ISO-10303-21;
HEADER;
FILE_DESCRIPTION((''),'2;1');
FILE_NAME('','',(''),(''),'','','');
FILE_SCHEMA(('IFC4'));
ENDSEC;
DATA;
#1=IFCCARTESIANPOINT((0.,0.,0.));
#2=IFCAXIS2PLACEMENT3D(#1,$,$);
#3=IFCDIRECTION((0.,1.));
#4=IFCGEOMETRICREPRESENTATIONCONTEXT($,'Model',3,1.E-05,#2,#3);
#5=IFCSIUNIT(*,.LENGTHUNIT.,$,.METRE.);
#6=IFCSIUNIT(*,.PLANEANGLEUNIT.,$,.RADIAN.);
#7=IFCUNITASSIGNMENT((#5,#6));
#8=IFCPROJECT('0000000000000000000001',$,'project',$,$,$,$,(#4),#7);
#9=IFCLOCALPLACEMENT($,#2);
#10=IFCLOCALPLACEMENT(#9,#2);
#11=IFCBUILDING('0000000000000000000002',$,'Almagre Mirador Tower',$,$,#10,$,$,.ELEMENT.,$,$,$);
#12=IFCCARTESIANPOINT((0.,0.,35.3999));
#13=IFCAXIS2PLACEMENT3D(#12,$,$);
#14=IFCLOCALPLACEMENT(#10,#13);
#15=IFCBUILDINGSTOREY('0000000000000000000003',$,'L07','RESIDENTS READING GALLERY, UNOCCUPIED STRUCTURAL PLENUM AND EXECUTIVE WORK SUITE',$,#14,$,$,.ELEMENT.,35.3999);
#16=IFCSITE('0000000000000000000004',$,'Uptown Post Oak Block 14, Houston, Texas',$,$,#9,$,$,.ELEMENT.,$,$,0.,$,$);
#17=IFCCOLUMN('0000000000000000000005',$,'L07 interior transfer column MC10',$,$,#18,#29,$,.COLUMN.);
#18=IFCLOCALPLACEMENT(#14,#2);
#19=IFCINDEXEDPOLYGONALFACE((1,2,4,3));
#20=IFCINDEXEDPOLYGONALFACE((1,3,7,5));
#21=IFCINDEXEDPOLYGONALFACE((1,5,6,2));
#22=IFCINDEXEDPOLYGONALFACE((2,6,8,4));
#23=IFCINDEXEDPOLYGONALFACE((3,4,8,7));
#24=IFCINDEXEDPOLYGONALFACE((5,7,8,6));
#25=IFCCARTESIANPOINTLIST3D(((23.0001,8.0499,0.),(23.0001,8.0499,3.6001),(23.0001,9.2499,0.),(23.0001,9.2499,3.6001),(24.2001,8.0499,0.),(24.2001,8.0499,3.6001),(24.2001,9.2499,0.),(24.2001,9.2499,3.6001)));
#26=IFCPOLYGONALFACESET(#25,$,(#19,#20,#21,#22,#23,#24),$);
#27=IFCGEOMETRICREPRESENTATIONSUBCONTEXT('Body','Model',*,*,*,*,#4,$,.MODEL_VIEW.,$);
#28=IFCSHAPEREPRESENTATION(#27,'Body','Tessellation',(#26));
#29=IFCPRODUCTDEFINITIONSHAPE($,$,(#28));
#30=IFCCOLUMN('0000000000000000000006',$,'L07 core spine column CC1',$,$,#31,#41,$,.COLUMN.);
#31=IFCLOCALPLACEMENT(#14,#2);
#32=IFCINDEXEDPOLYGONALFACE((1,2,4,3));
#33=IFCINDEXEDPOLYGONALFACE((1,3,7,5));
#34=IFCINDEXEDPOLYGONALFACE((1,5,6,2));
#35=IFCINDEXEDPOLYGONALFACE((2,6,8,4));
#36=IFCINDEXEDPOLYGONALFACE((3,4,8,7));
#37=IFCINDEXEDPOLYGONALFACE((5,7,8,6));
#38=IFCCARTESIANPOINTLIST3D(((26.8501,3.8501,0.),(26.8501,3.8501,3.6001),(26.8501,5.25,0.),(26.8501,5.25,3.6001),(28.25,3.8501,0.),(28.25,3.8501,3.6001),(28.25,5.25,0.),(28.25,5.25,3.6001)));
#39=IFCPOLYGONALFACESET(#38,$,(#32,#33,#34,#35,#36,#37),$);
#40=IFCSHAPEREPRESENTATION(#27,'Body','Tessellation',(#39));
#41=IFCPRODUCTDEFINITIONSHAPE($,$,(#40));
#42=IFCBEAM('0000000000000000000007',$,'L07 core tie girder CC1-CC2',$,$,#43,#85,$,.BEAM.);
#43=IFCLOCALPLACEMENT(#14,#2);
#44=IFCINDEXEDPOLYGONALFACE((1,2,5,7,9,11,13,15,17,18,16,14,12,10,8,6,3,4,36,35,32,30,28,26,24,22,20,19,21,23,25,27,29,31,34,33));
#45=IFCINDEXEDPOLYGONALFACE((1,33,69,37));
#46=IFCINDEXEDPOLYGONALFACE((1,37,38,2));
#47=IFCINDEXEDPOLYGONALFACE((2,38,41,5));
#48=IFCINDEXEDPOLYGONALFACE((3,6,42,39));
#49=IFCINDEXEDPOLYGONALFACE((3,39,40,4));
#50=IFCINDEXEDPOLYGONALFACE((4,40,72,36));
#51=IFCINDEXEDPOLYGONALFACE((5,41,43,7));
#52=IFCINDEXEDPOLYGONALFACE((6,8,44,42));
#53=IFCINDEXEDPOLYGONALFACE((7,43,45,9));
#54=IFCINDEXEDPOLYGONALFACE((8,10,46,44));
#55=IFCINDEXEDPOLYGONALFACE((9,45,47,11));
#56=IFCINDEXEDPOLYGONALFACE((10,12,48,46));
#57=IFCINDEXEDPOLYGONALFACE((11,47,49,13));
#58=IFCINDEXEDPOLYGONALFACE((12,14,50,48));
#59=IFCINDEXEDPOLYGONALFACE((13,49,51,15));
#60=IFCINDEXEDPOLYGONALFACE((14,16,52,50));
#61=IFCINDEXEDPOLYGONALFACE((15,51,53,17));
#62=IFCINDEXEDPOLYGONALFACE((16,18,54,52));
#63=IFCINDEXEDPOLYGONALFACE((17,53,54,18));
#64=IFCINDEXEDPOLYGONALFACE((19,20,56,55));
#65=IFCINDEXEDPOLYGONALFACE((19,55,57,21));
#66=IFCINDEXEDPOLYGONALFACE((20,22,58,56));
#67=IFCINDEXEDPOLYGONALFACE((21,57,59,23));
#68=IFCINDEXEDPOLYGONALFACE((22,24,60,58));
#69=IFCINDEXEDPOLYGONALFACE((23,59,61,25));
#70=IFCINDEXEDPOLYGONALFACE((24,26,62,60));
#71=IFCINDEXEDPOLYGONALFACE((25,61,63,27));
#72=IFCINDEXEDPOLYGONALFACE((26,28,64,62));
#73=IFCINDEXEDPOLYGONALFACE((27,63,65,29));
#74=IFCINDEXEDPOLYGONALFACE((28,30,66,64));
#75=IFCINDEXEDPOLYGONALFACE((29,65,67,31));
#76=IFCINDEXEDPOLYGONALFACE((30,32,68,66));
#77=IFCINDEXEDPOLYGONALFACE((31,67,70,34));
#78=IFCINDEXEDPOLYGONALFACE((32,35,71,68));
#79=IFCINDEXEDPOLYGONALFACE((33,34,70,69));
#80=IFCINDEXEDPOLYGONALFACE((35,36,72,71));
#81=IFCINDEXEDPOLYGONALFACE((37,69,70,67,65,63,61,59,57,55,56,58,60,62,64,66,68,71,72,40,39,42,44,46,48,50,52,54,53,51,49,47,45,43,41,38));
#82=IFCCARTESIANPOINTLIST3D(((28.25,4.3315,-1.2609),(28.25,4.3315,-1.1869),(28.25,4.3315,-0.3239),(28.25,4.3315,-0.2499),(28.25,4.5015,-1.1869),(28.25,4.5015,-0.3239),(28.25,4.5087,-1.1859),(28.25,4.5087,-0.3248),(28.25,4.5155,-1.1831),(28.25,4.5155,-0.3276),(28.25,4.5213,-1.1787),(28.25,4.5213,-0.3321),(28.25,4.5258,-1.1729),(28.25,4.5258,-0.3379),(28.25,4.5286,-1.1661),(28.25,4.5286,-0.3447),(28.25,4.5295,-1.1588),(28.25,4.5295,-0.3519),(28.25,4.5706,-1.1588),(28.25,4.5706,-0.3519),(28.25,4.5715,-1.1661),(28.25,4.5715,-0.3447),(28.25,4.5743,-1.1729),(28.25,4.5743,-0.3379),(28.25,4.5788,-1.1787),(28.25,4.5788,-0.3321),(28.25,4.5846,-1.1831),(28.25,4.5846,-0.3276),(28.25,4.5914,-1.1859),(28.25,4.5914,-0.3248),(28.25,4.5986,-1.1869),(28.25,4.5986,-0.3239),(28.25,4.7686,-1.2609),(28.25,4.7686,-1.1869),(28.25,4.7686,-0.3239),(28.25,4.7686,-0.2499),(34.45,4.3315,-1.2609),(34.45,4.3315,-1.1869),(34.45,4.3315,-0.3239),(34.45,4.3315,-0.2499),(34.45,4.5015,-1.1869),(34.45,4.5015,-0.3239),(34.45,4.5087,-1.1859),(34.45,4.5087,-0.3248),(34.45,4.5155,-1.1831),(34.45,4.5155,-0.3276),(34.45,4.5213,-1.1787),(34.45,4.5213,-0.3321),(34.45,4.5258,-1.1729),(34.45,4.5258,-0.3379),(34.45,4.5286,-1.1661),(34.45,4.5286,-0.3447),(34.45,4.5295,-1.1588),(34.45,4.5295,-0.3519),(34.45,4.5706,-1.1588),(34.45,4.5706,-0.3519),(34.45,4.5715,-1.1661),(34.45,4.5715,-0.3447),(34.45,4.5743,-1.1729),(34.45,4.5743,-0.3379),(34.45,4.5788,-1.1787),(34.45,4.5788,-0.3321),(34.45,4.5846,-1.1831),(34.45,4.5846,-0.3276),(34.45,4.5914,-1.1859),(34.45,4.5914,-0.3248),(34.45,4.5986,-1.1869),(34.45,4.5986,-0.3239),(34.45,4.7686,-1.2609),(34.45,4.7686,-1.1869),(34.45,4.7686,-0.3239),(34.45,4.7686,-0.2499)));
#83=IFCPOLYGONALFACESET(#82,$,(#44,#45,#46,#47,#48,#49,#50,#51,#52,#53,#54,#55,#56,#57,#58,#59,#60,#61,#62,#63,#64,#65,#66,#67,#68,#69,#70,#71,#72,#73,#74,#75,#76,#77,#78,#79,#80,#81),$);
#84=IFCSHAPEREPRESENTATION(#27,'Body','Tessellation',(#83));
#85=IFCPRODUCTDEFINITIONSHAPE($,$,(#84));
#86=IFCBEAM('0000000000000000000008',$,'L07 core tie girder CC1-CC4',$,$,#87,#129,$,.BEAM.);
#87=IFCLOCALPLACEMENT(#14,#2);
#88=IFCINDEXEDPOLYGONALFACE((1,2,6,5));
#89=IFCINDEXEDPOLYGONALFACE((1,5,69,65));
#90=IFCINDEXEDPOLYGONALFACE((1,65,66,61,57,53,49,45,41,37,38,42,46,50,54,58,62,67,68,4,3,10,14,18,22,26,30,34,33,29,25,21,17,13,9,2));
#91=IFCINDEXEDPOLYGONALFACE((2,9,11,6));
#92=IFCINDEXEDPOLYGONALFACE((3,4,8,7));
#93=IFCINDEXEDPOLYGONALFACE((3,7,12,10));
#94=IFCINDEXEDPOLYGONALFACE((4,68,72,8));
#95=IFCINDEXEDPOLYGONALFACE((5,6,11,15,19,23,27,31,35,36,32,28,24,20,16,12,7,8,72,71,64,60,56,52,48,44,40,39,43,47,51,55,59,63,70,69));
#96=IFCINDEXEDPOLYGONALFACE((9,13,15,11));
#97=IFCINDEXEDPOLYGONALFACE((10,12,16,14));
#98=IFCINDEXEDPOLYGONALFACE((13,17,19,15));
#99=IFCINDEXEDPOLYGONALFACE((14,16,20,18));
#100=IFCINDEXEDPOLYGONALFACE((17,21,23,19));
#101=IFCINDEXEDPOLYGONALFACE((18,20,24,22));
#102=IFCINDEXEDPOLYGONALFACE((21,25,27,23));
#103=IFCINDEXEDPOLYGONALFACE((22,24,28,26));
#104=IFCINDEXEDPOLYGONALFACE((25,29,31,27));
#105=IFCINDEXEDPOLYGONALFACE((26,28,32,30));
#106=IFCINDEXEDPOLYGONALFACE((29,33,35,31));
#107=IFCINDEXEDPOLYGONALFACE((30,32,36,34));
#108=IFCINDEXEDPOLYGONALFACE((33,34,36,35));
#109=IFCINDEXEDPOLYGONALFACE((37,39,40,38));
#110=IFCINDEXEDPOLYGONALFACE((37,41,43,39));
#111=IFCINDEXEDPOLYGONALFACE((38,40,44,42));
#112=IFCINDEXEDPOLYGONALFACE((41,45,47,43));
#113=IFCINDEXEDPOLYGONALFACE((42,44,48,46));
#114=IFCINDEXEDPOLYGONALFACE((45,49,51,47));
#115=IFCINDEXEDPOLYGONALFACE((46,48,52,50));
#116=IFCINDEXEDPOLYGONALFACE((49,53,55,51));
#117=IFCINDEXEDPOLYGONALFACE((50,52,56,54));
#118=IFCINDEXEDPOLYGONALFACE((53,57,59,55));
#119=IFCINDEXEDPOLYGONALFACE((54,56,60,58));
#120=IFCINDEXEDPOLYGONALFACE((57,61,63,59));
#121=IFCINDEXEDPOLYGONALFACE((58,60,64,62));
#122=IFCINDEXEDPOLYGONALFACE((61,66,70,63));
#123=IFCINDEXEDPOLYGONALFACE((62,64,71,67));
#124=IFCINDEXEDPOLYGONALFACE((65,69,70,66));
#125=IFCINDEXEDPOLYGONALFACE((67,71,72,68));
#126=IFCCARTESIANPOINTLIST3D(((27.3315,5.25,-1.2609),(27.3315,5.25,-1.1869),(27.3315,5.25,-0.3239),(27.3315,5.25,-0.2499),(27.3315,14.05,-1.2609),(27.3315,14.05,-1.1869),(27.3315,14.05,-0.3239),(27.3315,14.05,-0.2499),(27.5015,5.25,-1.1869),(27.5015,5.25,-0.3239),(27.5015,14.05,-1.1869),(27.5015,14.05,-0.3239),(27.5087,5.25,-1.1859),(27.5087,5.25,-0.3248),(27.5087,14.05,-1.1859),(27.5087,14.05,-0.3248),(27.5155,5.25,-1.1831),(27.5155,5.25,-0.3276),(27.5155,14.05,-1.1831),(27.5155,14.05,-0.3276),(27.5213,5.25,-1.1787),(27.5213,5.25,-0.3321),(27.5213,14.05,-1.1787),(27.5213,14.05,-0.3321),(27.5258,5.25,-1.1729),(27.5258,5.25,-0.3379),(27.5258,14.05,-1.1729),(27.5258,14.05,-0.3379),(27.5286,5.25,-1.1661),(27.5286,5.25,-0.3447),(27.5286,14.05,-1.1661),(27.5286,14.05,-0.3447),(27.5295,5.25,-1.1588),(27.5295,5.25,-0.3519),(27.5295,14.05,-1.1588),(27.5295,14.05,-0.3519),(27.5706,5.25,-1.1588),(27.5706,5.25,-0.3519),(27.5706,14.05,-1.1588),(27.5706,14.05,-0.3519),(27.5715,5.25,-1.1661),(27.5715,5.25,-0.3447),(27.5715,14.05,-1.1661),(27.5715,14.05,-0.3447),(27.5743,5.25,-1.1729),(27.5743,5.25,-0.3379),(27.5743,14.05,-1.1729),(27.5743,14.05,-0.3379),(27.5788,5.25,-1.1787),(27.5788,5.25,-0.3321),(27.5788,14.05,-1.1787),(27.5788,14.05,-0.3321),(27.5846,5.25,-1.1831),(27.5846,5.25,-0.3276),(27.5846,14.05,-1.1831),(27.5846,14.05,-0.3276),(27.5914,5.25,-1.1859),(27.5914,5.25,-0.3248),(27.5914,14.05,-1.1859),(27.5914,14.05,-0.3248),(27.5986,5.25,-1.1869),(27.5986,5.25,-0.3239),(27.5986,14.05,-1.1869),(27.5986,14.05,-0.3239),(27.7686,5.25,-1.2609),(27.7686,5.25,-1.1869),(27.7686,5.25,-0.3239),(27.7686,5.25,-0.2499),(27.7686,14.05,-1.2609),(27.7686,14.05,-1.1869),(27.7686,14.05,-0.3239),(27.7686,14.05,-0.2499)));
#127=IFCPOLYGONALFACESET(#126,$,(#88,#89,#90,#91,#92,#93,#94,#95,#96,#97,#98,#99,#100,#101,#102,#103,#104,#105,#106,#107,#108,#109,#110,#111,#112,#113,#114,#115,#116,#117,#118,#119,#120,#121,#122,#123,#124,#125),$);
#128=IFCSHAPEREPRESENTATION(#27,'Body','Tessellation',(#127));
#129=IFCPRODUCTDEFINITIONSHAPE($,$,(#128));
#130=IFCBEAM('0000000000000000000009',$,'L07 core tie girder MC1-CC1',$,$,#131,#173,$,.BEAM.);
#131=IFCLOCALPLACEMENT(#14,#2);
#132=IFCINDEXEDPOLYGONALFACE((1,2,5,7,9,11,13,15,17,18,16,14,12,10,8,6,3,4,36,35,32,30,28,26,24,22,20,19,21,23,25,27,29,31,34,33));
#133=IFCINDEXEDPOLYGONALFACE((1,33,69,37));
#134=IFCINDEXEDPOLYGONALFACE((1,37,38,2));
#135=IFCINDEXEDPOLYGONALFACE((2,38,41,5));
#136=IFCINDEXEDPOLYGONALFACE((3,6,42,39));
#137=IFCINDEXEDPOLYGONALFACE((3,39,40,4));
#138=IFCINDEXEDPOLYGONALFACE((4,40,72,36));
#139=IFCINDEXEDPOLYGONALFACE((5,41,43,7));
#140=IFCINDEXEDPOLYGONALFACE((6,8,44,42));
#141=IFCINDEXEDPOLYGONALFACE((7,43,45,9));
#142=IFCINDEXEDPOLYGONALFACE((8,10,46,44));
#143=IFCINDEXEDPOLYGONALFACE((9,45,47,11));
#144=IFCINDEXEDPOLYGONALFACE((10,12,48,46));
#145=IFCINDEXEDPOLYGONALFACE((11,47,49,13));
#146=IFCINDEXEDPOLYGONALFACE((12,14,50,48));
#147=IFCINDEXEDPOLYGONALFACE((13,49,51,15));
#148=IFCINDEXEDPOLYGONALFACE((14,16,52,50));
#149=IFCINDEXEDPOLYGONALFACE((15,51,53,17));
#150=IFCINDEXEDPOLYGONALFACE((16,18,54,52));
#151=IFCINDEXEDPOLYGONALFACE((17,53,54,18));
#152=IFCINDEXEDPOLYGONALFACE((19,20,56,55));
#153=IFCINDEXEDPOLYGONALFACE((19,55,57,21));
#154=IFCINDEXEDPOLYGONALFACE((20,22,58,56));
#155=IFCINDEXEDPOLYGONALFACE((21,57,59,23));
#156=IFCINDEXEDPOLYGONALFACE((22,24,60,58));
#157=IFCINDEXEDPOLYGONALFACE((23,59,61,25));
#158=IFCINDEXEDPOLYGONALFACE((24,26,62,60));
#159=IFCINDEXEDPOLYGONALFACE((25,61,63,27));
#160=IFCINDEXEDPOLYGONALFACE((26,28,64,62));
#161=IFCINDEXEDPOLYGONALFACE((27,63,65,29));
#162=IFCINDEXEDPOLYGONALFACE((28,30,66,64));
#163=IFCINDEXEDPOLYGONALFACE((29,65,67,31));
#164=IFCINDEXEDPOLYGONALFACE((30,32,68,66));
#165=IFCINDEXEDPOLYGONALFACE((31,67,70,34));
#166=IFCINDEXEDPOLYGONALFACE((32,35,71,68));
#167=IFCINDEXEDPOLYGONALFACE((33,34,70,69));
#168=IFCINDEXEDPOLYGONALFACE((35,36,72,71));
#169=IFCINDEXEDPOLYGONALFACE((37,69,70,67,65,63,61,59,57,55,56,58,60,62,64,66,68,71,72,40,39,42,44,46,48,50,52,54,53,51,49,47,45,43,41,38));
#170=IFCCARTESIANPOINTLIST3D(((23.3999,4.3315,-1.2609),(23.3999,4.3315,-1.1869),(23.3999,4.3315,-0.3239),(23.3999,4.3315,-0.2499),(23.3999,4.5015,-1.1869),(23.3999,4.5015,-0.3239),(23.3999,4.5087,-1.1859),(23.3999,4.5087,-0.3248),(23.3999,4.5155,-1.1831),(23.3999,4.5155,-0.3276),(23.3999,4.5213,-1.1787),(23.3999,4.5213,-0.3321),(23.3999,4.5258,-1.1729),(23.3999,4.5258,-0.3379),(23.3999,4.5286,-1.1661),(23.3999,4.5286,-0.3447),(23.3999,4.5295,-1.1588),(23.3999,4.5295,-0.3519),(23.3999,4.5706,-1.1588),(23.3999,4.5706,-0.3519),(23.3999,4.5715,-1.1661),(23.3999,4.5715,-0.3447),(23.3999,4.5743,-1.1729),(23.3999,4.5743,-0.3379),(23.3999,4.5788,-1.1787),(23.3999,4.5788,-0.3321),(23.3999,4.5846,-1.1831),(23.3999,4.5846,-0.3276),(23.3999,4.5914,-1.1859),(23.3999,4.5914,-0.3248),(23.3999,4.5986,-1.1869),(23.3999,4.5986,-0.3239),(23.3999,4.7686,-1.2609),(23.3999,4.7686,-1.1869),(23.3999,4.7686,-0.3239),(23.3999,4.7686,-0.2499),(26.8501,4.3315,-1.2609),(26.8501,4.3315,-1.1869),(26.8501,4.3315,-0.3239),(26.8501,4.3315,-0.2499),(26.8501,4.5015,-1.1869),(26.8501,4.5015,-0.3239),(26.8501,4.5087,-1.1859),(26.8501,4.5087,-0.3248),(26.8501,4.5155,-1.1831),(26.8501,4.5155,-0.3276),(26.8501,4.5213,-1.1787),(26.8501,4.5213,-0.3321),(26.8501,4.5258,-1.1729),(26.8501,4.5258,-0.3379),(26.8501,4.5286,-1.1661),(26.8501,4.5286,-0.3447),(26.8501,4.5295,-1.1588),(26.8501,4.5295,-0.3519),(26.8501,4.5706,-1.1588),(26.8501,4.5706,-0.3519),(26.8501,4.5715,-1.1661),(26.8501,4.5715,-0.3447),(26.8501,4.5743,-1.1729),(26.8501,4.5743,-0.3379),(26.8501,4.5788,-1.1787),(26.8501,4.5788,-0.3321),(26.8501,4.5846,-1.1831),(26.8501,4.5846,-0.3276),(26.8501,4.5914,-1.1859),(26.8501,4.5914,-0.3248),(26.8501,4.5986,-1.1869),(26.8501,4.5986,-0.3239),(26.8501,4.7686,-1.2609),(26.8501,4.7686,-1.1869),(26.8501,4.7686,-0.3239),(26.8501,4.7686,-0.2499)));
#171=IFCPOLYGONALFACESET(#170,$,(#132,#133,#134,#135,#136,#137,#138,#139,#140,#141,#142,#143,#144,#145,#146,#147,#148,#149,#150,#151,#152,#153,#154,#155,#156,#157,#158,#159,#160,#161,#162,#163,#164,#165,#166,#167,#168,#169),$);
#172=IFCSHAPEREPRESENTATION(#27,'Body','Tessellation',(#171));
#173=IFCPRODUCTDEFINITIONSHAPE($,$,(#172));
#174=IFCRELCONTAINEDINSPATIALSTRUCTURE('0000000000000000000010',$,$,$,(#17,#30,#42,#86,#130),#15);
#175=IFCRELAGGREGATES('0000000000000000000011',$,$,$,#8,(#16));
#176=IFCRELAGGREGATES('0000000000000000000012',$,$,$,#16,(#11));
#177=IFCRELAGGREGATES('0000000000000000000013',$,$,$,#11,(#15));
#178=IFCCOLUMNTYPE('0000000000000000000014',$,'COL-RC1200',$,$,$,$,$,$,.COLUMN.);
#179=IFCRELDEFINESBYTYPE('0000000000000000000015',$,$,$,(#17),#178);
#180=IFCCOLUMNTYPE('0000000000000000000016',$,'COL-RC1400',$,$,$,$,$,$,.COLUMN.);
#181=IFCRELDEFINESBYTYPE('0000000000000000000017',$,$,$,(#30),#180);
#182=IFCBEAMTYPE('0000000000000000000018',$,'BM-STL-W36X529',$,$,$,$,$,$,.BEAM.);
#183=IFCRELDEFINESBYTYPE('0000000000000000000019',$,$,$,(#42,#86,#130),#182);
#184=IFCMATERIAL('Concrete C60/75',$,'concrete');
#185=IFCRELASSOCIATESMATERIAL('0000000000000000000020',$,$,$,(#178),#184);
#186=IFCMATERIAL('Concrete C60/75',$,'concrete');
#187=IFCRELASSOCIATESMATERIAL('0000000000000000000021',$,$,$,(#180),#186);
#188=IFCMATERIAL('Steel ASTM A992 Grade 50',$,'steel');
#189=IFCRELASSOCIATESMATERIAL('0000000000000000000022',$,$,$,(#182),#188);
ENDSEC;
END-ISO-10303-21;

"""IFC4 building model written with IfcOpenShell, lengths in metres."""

from ifc_helpers import new_model, si_unit, direction, frame, origin, origin_2d, place, context, subcontext, project, spatial, rectangle, i_section, extrude, material, material_profile, profile_set, type_object, element, save


model = new_model("IFC4")

# Units and contexts
model_context = context("Model", 3, precision=1e-05, world=origin(), true_north=direction((0.0, 1.0)))
body_context = subcontext(model_context, "Body", "Model", "MODEL_VIEW")
ifc_project = project(units=[si_unit("LENGTHUNIT", "METRE"), si_unit("PLANEANGLEUNIT", "RADIAN")], contexts=[model_context])

# Site, building, storey
site_placement = place(None, origin())
site = spatial("IfcSite", under=ifc_project, at=site_placement, Name="Uptown Post Oak Block 14, Houston, Texas", CompositionType="ELEMENT", RefElevation=0.0)
building_placement = place(site_placement, origin())
building = spatial("IfcBuilding", under=site, at=building_placement, Name="Almagre Mirador Tower", CompositionType="ELEMENT")
storey_placement = place(building_placement, frame((0.0, 0.0, 35.3999)))
storey = spatial("IfcBuildingStorey", under=building, at=storey_placement, Name="L07", Description="RESIDENTS READING GALLERY, UNOCCUPIED STRUCTURAL PLENUM AND EXECUTIVE WORK SUITE", CompositionType="ELEMENT", Elevation=35.3999)

# Columns
ifc_material_1 = material(Name="Concrete C60/75", Category="concrete")
ifc_material_profile_1 = material_profile(ifc_material_1, rectangle(XDim=1.2, YDim=1.2, at=origin_2d()), Name="RC1200X1200")
ifc_profile_set_1 = profile_set([ifc_material_profile_1], Name="Concrete C60/75")
column_type_1 = type_object("IfcColumnType", Name="COL-RC1200", PredefinedType="COLUMN", material=ifc_profile_set_1)
column_1_placement = place(storey_placement, frame((23.6001, 8.6499, 0.0), z_axis=(0.0, 0.0, 1.0), x_axis=(1.0, 0.0, 0.0)))
element("IfcColumn", 1, at=column_1_placement, inside=storey, type_object=column_type_1, Name="L07 interior transfer column MC10", PredefinedType="COLUMN", context=body_context, shape_type="SweptSolid", body=[
    extrude(rectangle(XDim=1.2, YDim=1.2, at=origin_2d()), origin(), (0.0, 0.0, 1.0), 3.6001),
])
ifc_material_2 = material(Name="Concrete C60/75", Category="concrete")
ifc_material_profile_2 = material_profile(ifc_material_2, rectangle(XDim=1.3999, YDim=1.3999, at=origin_2d()), Name="RC1400X1400")
ifc_profile_set_2 = profile_set([ifc_material_profile_2], Name="Concrete C60/75")
column_type_2 = type_object("IfcColumnType", Name="COL-RC1400", PredefinedType="COLUMN", material=ifc_profile_set_2)
column_2_placement = place(storey_placement, frame((27.55, 4.55, 0.0), z_axis=(0.0, 0.0, 1.0), x_axis=(1.0, 0.0, 0.0)))
element("IfcColumn", 2, at=column_2_placement, inside=storey, type_object=column_type_2, Name="L07 core spine column CC1", PredefinedType="COLUMN", context=body_context, shape_type="SweptSolid", body=[
    extrude(rectangle(XDim=1.3999, YDim=1.3999, at=origin_2d()), origin(), (0.0, 0.0, 1.0), 3.6001),
])

# Beams
ifc_material_3 = material(Name="Steel ASTM A992 Grade 50", Category="steel")
ifc_material_profile_3 = material_profile(ifc_material_3, i_section(OverallWidth=0.437, OverallDepth=1.011, WebThickness=0.041, FlangeThickness=0.074, FilletRadius=0.0281, at=origin_2d()), Name="W36X529")
ifc_profile_set_3 = profile_set([ifc_material_profile_3], Name="Steel ASTM A992 Grade 50")
beam_type = type_object("IfcBeamType", Name="BM-STL-W36X529", PredefinedType="BEAM", material=ifc_profile_set_3)
beam_1_placement = place(storey_placement, frame((28.25, 4.55, -0.7554), z_axis=(1.0, 0.0, 0.0), x_axis=(0.0, 1.0, 0.0)))
element("IfcBeam", 3, at=beam_1_placement, inside=storey, type_object=beam_type, Name="L07 core tie girder CC1-CC2", PredefinedType="BEAM", context=body_context, shape_type="SweptSolid", body=[
    extrude(i_section(OverallWidth=0.437, OverallDepth=1.011, WebThickness=0.041, FlangeThickness=0.074, FilletRadius=0.0281, at=origin_2d()), origin(), (0.0, 0.0, 1.0), 6.2),
])
beam_2_placement = place(storey_placement, frame((27.55, 5.25, -0.7554), z_axis=(0.0, 1.0, 0.0), x_axis=(-1.0, 0.0, 0.0)))
element("IfcBeam", 4, at=beam_2_placement, inside=storey, type_object=beam_type, Name="L07 core tie girder CC1-CC4", PredefinedType="BEAM", context=body_context, shape_type="SweptSolid", body=[
    extrude(i_section(OverallWidth=0.437, OverallDepth=1.011, WebThickness=0.041, FlangeThickness=0.074, FilletRadius=0.0281, at=origin_2d()), origin(), (0.0, 0.0, 1.0), 8.8),
])
beam_3_placement = place(storey_placement, frame((23.3999, 4.55, -0.7554), z_axis=(1.0, 0.0, 0.0), x_axis=(0.0, 1.0, 0.0)))
element("IfcBeam", 5, at=beam_3_placement, inside=storey, type_object=beam_type, Name="L07 core tie girder MC1-CC1", PredefinedType="BEAM", context=body_context, shape_type="SweptSolid", body=[
    extrude(i_section(OverallWidth=0.437, OverallDepth=1.011, WebThickness=0.041, FlangeThickness=0.074, FilletRadius=0.0281, at=origin_2d()), origin(), (0.0, 0.0, 1.0), 3.4502),
])

save(model, "model.ifc")
